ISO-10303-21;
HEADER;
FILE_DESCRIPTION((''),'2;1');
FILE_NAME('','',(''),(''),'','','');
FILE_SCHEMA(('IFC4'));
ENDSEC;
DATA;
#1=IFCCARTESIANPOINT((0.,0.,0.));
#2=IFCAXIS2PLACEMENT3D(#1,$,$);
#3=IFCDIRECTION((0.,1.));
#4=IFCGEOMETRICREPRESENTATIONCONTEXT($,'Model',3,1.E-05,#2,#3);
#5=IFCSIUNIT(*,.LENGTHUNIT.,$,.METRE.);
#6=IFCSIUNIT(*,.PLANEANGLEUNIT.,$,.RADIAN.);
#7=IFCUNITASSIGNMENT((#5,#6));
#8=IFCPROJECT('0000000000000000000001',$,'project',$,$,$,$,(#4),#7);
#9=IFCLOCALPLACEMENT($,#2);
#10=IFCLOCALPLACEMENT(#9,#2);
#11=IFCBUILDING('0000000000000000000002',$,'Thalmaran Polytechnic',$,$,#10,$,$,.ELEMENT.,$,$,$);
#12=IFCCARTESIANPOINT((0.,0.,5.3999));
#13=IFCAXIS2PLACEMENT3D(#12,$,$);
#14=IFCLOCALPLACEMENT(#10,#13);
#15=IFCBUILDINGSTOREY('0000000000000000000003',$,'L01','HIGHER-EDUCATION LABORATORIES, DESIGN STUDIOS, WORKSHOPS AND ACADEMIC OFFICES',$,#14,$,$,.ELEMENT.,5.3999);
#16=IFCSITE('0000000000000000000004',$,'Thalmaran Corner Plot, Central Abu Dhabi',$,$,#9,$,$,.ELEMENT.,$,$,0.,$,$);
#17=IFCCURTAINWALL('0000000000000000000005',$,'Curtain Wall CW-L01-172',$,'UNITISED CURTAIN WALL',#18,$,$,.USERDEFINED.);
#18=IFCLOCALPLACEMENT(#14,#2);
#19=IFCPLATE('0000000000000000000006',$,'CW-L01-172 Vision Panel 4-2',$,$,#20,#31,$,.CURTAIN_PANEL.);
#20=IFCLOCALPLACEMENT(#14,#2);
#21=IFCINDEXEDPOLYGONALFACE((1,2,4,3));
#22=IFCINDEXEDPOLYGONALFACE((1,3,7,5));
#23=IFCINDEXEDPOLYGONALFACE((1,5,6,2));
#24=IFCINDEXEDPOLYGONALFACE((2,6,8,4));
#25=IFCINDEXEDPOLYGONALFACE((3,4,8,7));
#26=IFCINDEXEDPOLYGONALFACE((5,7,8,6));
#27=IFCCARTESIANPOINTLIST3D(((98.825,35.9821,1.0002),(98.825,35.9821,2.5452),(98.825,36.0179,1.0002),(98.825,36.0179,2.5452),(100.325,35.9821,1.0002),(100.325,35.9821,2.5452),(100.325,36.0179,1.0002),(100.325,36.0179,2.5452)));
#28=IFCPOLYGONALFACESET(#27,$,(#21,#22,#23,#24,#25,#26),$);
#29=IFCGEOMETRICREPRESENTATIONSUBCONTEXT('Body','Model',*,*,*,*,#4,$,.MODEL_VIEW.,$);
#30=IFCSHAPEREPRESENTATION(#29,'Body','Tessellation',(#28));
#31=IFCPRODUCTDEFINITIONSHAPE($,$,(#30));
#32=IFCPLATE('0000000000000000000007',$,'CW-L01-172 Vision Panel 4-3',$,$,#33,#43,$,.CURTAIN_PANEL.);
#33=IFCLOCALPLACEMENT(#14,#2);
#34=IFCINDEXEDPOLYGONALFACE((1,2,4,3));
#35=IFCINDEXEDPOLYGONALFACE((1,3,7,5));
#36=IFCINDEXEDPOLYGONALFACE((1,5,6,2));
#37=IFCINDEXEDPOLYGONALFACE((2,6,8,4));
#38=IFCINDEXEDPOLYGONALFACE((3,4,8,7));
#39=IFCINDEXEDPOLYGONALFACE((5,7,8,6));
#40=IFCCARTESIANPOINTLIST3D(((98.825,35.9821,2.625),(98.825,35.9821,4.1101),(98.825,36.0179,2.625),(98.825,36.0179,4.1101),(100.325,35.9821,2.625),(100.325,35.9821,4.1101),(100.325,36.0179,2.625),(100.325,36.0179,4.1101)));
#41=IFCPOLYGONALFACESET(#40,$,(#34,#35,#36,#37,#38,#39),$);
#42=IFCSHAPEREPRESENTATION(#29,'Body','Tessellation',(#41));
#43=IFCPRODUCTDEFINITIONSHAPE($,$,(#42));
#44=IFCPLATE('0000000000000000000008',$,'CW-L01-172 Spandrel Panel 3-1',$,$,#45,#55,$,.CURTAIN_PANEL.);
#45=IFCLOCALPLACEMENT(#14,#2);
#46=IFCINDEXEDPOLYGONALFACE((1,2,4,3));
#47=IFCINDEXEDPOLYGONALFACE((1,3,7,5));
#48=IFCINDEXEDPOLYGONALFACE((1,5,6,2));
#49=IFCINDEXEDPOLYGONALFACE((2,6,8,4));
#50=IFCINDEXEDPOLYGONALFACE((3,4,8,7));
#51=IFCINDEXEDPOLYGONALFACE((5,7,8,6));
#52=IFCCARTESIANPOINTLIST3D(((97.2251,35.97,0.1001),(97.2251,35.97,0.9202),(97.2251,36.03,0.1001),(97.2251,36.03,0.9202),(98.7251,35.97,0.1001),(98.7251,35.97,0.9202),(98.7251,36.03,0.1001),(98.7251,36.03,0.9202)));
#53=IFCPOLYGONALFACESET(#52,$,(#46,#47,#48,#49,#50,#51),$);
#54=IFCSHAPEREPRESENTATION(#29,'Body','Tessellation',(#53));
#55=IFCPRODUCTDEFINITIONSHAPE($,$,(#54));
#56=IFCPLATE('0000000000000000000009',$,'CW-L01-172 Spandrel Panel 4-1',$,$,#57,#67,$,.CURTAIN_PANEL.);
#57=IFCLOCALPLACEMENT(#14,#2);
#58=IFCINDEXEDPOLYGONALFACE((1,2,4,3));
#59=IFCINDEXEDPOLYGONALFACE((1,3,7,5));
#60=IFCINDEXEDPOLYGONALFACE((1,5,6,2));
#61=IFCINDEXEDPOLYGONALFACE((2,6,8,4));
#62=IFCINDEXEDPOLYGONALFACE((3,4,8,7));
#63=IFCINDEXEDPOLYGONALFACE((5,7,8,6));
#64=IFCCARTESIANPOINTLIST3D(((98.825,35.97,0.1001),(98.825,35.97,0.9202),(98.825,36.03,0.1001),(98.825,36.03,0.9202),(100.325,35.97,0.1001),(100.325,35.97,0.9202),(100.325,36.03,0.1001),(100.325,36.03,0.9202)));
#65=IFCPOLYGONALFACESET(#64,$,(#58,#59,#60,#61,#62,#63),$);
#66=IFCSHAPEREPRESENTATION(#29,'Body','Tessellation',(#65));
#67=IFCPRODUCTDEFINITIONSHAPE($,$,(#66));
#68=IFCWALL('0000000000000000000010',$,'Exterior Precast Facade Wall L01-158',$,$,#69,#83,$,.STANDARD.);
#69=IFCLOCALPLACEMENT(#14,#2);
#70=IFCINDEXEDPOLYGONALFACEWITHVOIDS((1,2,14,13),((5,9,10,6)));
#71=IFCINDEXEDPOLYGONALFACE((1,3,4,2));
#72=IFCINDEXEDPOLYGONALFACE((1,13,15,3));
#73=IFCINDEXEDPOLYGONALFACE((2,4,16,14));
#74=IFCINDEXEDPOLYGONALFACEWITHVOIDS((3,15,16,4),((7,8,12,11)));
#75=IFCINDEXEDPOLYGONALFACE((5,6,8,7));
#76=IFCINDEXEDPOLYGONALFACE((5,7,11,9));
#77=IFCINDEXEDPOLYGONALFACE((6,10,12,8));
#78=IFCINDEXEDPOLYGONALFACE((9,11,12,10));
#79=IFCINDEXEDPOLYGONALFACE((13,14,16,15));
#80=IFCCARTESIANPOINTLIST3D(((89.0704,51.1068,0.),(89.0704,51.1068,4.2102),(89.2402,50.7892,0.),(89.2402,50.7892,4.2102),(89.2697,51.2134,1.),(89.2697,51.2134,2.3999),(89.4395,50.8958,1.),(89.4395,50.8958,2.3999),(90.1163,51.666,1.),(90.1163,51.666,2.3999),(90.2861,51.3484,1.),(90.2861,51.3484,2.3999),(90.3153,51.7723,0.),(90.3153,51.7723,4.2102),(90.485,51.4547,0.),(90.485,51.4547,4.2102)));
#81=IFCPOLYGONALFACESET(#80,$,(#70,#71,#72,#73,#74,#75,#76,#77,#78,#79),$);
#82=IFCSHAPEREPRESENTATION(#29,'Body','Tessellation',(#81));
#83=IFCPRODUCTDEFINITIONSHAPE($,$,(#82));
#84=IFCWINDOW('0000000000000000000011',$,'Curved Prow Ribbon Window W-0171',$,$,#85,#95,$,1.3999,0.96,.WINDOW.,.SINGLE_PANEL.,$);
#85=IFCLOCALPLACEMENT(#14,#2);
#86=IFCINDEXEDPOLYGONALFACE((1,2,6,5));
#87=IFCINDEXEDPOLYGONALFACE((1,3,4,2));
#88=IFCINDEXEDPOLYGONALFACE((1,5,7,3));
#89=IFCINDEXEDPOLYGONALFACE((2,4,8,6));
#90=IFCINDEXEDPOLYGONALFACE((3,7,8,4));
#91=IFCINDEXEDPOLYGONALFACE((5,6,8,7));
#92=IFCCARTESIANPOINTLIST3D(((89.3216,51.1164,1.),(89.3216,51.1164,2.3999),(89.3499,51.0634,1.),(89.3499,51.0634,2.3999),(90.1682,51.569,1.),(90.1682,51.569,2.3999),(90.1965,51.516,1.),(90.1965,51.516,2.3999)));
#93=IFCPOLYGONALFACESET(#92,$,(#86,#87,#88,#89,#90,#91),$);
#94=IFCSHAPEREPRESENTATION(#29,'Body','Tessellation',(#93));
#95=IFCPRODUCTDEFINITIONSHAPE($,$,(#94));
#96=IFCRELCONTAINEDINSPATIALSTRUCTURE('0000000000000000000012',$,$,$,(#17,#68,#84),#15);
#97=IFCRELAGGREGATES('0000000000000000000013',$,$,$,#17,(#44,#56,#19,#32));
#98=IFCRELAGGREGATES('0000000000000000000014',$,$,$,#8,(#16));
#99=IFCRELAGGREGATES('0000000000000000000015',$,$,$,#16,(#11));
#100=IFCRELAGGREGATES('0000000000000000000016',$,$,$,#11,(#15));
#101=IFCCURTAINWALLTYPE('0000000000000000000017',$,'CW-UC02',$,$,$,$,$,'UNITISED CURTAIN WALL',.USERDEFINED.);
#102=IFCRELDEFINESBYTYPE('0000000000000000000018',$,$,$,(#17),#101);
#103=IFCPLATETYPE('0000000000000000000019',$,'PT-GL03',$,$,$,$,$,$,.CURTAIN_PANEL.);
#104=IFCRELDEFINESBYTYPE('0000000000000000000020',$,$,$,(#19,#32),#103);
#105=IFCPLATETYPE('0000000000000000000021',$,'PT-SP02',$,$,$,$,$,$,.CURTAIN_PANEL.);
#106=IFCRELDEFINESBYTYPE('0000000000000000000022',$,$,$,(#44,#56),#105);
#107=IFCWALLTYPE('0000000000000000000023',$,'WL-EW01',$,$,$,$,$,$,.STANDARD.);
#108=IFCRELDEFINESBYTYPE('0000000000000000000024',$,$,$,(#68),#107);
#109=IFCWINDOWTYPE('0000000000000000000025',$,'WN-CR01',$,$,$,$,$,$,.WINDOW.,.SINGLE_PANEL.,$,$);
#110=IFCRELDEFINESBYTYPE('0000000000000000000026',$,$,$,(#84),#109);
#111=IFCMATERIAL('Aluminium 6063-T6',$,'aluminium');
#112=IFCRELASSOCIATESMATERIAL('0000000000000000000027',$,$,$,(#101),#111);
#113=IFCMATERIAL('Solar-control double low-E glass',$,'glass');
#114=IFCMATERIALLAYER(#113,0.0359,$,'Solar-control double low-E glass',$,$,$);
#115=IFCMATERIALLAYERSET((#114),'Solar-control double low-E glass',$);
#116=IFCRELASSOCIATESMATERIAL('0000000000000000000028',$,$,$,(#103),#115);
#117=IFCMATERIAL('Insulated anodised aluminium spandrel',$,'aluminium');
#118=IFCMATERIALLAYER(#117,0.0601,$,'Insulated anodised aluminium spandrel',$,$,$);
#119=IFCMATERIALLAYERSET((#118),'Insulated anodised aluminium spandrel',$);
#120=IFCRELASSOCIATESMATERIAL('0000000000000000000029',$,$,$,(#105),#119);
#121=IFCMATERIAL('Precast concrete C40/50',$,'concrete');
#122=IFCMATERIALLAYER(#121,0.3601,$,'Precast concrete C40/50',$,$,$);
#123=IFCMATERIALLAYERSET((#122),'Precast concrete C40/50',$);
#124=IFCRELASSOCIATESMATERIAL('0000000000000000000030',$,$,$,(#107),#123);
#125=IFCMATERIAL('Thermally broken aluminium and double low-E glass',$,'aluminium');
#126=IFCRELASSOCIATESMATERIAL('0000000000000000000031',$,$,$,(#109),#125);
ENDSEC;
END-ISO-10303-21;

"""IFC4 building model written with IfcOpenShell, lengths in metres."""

from ifc_helpers import new_model, si_unit, direction, frame, frame_2d, origin, origin_2d, place, context, subcontext, project, spatial, rectangle, extrude, material, layer, layer_set, type_object, element, fill, aggregate, save


model = new_model("IFC4")

# Units and contexts
model_context = context("Model", 3, precision=1e-05, world=origin(), true_north=direction((0.0, 1.0)))
body_context = subcontext(model_context, "Body", "Model", "MODEL_VIEW")
ifc_project = project(units=[si_unit("LENGTHUNIT", "METRE"), si_unit("PLANEANGLEUNIT", "RADIAN")], contexts=[model_context])

# Site, building, storey
site_placement = place(None, origin())
site = spatial("IfcSite", under=ifc_project, at=site_placement, Name="Thalmaran Corner Plot, Central Abu Dhabi", CompositionType="ELEMENT", RefElevation=0.0)
building_placement = place(site_placement, origin())
building = spatial("IfcBuilding", under=site, at=building_placement, Name="Thalmaran Polytechnic", CompositionType="ELEMENT")
storey_placement = place(building_placement, frame((0.0, 0.0, 5.3999)))
storey = spatial("IfcBuildingStorey", under=building, at=storey_placement, Name="L01", Description="HIGHER-EDUCATION LABORATORIES, DESIGN STUDIOS, WORKSHOPS AND ACADEMIC OFFICES", CompositionType="ELEMENT", Elevation=5.3999)

# Curtain wall
ifc_material_1 = material(Name="Aluminium 6063-T6", Category="aluminium")
curtain_wall_type = type_object("IfcCurtainWallType", Name="CW-UC02", ElementType="UNITISED CURTAIN WALL", PredefinedType="USERDEFINED", material=ifc_material_1)
curtain_wall_1_placement = place(storey_placement, origin())
curtain_wall_1 = element("IfcCurtainWall", 1, at=curtain_wall_1_placement, inside=storey, type_object=curtain_wall_type, Name="Curtain Wall CW-L01-172", ObjectType="UNITISED CURTAIN WALL", PredefinedType="USERDEFINED")

# Plates
ifc_material_2 = material(Name="Solar-control double low-E glass", Category="glass")
ifc_layer_1 = layer(ifc_material_2, 0.0359, Name="Solar-control double low-E glass")
ifc_layer_set_1 = layer_set([ifc_layer_1], Name="Solar-control double low-E glass")
plate_type_1 = type_object("IfcPlateType", Name="PT-GL03", PredefinedType="CURTAIN_PANEL", material=ifc_layer_set_1)
plate_1_placement = place(storey_placement, frame((99.575, 36.0, 1.0002), z_axis=(0.0, 0.0, 1.0), x_axis=(1.0, 0.0, 0.0)))
plate_1 = element("IfcPlate", 2, at=plate_1_placement, type_object=plate_type_1, Name="CW-L01-172 Vision Panel 4-2", PredefinedType="CURTAIN_PANEL", context=body_context, shape_type="SweptSolid", body=[
    extrude(rectangle(XDim=1.5, YDim=0.0359, at=origin_2d()), origin(), (0.0, 0.0, 1.0), 1.5449),
])
plate_2_placement = place(storey_placement, frame((99.575, 36.0, 2.625), z_axis=(0.0, 0.0, 1.0), x_axis=(1.0, 0.0, 0.0)))
plate_2 = element("IfcPlate", 3, at=plate_2_placement, type_object=plate_type_1, Name="CW-L01-172 Vision Panel 4-3", PredefinedType="CURTAIN_PANEL", context=body_context, shape_type="SweptSolid", body=[
    extrude(rectangle(XDim=1.5, YDim=0.0359, at=origin_2d()), origin(), (0.0, 0.0, 1.0), 1.4851),
])
ifc_material_3 = material(Name="Insulated anodised aluminium spandrel", Category="aluminium")
ifc_layer_2 = layer(ifc_material_3, 0.0601, Name="Insulated anodised aluminium spandrel")
ifc_layer_set_2 = layer_set([ifc_layer_2], Name="Insulated anodised aluminium spandrel")
plate_type_2 = type_object("IfcPlateType", Name="PT-SP02", PredefinedType="CURTAIN_PANEL", material=ifc_layer_set_2)
plate_3_placement = place(storey_placement, frame((97.9751, 36.0, 0.1001), z_axis=(0.0, 0.0, 1.0), x_axis=(1.0, 0.0, 0.0)))
plate_3 = element("IfcPlate", 4, at=plate_3_placement, type_object=plate_type_2, Name="CW-L01-172 Spandrel Panel 3-1", PredefinedType="CURTAIN_PANEL", context=body_context, shape_type="SweptSolid", body=[
    extrude(rectangle(XDim=1.5, YDim=0.0601, at=origin_2d()), origin(), (0.0, 0.0, 1.0), 0.8201),
])
plate_4_placement = place(storey_placement, frame((99.575, 36.0, 0.1001), z_axis=(0.0, 0.0, 1.0), x_axis=(1.0, 0.0, 0.0)))
plate_4 = element("IfcPlate", 5, at=plate_4_placement, type_object=plate_type_2, Name="CW-L01-172 Spandrel Panel 4-1", PredefinedType="CURTAIN_PANEL", context=body_context, shape_type="SweptSolid", body=[
    extrude(rectangle(XDim=1.5, YDim=0.0601, at=origin_2d()), origin(), (0.0, 0.0, 1.0), 0.8201),
])
aggregate(curtain_wall_1, [plate_3, plate_4, plate_1, plate_2])

# Wall, opening, window
ifc_material_4 = material(Name="Precast concrete C40/50", Category="concrete")
ifc_layer_3 = layer(ifc_material_4, 0.3601, Name="Precast concrete C40/50")
ifc_layer_set_3 = layer_set([ifc_layer_3], Name="Precast concrete C40/50")
wall_type = type_object("IfcWallType", Name="WL-EW01", PredefinedType="STANDARD", material=ifc_layer_set_3)
wall_placement = place(storey_placement, frame((90.4001, 51.6135, 0.0), z_axis=(0.0, 0.0, 1.0), x_axis=(-0.881883, -0.471468, 0.0)))
wall = element("IfcWall", 6, at=wall_placement, inside=storey, type_object=wall_type, Name="Exterior Precast Facade Wall L01-158", PredefinedType="STANDARD", context=body_context, shape_type="SweptSolid", body=[
    extrude(rectangle(XDim=1.4116, YDim=0.3601, at=frame_2d((0.7058, 0.0))), origin(), (0.0, 0.0, 1.0), 4.2102),
])
opening_placement = place(wall_placement, frame((0.2256, 0.0, 1.0)))
opening = element("IfcOpeningElement", 7, at=opening_placement, cuts=wall, PredefinedType="OPENING", context=body_context, shape_type="SweptSolid", body=[
    extrude(rectangle(XDim=0.96, YDim=1.3999, at=frame_2d((0.48, 0.7))), frame((0.0, 0.1899, 0.0), z_axis=(0.0, -1.0, 0.0), x_axis=(1.0, 0.0, 0.0)), (0.0, 0.0, 1.0), 0.3801),
])
ifc_material_5 = material(Name="Thermally broken aluminium and double low-E glass", Category="aluminium")
window_type = type_object("IfcWindowType", Name="WN-CR01", PartitioningType="SINGLE_PANEL", PredefinedType="WINDOW", material=ifc_material_5)
window_placement = place(opening_placement, origin())
window = element("IfcWindow", 8, at=window_placement, inside=storey, type_object=window_type, Name="Curved Prow Ribbon Window W-0171", OverallHeight=1.3999, OverallWidth=0.96, PartitioningType="SINGLE_PANEL", PredefinedType="WINDOW", context=body_context, shape_type="SweptSolid", body=[
    extrude(rectangle(XDim=0.96, YDim=1.3999, at=frame_2d((0.48, 0.7))), frame((0.0, -0.01, 0.0), z_axis=(0.0, -1.0, 0.0), x_axis=(1.0, 0.0, 0.0)), (0.0, 0.0, 1.0), 0.0601),
])
fill(opening, window)

save(model, "model.ifc")
